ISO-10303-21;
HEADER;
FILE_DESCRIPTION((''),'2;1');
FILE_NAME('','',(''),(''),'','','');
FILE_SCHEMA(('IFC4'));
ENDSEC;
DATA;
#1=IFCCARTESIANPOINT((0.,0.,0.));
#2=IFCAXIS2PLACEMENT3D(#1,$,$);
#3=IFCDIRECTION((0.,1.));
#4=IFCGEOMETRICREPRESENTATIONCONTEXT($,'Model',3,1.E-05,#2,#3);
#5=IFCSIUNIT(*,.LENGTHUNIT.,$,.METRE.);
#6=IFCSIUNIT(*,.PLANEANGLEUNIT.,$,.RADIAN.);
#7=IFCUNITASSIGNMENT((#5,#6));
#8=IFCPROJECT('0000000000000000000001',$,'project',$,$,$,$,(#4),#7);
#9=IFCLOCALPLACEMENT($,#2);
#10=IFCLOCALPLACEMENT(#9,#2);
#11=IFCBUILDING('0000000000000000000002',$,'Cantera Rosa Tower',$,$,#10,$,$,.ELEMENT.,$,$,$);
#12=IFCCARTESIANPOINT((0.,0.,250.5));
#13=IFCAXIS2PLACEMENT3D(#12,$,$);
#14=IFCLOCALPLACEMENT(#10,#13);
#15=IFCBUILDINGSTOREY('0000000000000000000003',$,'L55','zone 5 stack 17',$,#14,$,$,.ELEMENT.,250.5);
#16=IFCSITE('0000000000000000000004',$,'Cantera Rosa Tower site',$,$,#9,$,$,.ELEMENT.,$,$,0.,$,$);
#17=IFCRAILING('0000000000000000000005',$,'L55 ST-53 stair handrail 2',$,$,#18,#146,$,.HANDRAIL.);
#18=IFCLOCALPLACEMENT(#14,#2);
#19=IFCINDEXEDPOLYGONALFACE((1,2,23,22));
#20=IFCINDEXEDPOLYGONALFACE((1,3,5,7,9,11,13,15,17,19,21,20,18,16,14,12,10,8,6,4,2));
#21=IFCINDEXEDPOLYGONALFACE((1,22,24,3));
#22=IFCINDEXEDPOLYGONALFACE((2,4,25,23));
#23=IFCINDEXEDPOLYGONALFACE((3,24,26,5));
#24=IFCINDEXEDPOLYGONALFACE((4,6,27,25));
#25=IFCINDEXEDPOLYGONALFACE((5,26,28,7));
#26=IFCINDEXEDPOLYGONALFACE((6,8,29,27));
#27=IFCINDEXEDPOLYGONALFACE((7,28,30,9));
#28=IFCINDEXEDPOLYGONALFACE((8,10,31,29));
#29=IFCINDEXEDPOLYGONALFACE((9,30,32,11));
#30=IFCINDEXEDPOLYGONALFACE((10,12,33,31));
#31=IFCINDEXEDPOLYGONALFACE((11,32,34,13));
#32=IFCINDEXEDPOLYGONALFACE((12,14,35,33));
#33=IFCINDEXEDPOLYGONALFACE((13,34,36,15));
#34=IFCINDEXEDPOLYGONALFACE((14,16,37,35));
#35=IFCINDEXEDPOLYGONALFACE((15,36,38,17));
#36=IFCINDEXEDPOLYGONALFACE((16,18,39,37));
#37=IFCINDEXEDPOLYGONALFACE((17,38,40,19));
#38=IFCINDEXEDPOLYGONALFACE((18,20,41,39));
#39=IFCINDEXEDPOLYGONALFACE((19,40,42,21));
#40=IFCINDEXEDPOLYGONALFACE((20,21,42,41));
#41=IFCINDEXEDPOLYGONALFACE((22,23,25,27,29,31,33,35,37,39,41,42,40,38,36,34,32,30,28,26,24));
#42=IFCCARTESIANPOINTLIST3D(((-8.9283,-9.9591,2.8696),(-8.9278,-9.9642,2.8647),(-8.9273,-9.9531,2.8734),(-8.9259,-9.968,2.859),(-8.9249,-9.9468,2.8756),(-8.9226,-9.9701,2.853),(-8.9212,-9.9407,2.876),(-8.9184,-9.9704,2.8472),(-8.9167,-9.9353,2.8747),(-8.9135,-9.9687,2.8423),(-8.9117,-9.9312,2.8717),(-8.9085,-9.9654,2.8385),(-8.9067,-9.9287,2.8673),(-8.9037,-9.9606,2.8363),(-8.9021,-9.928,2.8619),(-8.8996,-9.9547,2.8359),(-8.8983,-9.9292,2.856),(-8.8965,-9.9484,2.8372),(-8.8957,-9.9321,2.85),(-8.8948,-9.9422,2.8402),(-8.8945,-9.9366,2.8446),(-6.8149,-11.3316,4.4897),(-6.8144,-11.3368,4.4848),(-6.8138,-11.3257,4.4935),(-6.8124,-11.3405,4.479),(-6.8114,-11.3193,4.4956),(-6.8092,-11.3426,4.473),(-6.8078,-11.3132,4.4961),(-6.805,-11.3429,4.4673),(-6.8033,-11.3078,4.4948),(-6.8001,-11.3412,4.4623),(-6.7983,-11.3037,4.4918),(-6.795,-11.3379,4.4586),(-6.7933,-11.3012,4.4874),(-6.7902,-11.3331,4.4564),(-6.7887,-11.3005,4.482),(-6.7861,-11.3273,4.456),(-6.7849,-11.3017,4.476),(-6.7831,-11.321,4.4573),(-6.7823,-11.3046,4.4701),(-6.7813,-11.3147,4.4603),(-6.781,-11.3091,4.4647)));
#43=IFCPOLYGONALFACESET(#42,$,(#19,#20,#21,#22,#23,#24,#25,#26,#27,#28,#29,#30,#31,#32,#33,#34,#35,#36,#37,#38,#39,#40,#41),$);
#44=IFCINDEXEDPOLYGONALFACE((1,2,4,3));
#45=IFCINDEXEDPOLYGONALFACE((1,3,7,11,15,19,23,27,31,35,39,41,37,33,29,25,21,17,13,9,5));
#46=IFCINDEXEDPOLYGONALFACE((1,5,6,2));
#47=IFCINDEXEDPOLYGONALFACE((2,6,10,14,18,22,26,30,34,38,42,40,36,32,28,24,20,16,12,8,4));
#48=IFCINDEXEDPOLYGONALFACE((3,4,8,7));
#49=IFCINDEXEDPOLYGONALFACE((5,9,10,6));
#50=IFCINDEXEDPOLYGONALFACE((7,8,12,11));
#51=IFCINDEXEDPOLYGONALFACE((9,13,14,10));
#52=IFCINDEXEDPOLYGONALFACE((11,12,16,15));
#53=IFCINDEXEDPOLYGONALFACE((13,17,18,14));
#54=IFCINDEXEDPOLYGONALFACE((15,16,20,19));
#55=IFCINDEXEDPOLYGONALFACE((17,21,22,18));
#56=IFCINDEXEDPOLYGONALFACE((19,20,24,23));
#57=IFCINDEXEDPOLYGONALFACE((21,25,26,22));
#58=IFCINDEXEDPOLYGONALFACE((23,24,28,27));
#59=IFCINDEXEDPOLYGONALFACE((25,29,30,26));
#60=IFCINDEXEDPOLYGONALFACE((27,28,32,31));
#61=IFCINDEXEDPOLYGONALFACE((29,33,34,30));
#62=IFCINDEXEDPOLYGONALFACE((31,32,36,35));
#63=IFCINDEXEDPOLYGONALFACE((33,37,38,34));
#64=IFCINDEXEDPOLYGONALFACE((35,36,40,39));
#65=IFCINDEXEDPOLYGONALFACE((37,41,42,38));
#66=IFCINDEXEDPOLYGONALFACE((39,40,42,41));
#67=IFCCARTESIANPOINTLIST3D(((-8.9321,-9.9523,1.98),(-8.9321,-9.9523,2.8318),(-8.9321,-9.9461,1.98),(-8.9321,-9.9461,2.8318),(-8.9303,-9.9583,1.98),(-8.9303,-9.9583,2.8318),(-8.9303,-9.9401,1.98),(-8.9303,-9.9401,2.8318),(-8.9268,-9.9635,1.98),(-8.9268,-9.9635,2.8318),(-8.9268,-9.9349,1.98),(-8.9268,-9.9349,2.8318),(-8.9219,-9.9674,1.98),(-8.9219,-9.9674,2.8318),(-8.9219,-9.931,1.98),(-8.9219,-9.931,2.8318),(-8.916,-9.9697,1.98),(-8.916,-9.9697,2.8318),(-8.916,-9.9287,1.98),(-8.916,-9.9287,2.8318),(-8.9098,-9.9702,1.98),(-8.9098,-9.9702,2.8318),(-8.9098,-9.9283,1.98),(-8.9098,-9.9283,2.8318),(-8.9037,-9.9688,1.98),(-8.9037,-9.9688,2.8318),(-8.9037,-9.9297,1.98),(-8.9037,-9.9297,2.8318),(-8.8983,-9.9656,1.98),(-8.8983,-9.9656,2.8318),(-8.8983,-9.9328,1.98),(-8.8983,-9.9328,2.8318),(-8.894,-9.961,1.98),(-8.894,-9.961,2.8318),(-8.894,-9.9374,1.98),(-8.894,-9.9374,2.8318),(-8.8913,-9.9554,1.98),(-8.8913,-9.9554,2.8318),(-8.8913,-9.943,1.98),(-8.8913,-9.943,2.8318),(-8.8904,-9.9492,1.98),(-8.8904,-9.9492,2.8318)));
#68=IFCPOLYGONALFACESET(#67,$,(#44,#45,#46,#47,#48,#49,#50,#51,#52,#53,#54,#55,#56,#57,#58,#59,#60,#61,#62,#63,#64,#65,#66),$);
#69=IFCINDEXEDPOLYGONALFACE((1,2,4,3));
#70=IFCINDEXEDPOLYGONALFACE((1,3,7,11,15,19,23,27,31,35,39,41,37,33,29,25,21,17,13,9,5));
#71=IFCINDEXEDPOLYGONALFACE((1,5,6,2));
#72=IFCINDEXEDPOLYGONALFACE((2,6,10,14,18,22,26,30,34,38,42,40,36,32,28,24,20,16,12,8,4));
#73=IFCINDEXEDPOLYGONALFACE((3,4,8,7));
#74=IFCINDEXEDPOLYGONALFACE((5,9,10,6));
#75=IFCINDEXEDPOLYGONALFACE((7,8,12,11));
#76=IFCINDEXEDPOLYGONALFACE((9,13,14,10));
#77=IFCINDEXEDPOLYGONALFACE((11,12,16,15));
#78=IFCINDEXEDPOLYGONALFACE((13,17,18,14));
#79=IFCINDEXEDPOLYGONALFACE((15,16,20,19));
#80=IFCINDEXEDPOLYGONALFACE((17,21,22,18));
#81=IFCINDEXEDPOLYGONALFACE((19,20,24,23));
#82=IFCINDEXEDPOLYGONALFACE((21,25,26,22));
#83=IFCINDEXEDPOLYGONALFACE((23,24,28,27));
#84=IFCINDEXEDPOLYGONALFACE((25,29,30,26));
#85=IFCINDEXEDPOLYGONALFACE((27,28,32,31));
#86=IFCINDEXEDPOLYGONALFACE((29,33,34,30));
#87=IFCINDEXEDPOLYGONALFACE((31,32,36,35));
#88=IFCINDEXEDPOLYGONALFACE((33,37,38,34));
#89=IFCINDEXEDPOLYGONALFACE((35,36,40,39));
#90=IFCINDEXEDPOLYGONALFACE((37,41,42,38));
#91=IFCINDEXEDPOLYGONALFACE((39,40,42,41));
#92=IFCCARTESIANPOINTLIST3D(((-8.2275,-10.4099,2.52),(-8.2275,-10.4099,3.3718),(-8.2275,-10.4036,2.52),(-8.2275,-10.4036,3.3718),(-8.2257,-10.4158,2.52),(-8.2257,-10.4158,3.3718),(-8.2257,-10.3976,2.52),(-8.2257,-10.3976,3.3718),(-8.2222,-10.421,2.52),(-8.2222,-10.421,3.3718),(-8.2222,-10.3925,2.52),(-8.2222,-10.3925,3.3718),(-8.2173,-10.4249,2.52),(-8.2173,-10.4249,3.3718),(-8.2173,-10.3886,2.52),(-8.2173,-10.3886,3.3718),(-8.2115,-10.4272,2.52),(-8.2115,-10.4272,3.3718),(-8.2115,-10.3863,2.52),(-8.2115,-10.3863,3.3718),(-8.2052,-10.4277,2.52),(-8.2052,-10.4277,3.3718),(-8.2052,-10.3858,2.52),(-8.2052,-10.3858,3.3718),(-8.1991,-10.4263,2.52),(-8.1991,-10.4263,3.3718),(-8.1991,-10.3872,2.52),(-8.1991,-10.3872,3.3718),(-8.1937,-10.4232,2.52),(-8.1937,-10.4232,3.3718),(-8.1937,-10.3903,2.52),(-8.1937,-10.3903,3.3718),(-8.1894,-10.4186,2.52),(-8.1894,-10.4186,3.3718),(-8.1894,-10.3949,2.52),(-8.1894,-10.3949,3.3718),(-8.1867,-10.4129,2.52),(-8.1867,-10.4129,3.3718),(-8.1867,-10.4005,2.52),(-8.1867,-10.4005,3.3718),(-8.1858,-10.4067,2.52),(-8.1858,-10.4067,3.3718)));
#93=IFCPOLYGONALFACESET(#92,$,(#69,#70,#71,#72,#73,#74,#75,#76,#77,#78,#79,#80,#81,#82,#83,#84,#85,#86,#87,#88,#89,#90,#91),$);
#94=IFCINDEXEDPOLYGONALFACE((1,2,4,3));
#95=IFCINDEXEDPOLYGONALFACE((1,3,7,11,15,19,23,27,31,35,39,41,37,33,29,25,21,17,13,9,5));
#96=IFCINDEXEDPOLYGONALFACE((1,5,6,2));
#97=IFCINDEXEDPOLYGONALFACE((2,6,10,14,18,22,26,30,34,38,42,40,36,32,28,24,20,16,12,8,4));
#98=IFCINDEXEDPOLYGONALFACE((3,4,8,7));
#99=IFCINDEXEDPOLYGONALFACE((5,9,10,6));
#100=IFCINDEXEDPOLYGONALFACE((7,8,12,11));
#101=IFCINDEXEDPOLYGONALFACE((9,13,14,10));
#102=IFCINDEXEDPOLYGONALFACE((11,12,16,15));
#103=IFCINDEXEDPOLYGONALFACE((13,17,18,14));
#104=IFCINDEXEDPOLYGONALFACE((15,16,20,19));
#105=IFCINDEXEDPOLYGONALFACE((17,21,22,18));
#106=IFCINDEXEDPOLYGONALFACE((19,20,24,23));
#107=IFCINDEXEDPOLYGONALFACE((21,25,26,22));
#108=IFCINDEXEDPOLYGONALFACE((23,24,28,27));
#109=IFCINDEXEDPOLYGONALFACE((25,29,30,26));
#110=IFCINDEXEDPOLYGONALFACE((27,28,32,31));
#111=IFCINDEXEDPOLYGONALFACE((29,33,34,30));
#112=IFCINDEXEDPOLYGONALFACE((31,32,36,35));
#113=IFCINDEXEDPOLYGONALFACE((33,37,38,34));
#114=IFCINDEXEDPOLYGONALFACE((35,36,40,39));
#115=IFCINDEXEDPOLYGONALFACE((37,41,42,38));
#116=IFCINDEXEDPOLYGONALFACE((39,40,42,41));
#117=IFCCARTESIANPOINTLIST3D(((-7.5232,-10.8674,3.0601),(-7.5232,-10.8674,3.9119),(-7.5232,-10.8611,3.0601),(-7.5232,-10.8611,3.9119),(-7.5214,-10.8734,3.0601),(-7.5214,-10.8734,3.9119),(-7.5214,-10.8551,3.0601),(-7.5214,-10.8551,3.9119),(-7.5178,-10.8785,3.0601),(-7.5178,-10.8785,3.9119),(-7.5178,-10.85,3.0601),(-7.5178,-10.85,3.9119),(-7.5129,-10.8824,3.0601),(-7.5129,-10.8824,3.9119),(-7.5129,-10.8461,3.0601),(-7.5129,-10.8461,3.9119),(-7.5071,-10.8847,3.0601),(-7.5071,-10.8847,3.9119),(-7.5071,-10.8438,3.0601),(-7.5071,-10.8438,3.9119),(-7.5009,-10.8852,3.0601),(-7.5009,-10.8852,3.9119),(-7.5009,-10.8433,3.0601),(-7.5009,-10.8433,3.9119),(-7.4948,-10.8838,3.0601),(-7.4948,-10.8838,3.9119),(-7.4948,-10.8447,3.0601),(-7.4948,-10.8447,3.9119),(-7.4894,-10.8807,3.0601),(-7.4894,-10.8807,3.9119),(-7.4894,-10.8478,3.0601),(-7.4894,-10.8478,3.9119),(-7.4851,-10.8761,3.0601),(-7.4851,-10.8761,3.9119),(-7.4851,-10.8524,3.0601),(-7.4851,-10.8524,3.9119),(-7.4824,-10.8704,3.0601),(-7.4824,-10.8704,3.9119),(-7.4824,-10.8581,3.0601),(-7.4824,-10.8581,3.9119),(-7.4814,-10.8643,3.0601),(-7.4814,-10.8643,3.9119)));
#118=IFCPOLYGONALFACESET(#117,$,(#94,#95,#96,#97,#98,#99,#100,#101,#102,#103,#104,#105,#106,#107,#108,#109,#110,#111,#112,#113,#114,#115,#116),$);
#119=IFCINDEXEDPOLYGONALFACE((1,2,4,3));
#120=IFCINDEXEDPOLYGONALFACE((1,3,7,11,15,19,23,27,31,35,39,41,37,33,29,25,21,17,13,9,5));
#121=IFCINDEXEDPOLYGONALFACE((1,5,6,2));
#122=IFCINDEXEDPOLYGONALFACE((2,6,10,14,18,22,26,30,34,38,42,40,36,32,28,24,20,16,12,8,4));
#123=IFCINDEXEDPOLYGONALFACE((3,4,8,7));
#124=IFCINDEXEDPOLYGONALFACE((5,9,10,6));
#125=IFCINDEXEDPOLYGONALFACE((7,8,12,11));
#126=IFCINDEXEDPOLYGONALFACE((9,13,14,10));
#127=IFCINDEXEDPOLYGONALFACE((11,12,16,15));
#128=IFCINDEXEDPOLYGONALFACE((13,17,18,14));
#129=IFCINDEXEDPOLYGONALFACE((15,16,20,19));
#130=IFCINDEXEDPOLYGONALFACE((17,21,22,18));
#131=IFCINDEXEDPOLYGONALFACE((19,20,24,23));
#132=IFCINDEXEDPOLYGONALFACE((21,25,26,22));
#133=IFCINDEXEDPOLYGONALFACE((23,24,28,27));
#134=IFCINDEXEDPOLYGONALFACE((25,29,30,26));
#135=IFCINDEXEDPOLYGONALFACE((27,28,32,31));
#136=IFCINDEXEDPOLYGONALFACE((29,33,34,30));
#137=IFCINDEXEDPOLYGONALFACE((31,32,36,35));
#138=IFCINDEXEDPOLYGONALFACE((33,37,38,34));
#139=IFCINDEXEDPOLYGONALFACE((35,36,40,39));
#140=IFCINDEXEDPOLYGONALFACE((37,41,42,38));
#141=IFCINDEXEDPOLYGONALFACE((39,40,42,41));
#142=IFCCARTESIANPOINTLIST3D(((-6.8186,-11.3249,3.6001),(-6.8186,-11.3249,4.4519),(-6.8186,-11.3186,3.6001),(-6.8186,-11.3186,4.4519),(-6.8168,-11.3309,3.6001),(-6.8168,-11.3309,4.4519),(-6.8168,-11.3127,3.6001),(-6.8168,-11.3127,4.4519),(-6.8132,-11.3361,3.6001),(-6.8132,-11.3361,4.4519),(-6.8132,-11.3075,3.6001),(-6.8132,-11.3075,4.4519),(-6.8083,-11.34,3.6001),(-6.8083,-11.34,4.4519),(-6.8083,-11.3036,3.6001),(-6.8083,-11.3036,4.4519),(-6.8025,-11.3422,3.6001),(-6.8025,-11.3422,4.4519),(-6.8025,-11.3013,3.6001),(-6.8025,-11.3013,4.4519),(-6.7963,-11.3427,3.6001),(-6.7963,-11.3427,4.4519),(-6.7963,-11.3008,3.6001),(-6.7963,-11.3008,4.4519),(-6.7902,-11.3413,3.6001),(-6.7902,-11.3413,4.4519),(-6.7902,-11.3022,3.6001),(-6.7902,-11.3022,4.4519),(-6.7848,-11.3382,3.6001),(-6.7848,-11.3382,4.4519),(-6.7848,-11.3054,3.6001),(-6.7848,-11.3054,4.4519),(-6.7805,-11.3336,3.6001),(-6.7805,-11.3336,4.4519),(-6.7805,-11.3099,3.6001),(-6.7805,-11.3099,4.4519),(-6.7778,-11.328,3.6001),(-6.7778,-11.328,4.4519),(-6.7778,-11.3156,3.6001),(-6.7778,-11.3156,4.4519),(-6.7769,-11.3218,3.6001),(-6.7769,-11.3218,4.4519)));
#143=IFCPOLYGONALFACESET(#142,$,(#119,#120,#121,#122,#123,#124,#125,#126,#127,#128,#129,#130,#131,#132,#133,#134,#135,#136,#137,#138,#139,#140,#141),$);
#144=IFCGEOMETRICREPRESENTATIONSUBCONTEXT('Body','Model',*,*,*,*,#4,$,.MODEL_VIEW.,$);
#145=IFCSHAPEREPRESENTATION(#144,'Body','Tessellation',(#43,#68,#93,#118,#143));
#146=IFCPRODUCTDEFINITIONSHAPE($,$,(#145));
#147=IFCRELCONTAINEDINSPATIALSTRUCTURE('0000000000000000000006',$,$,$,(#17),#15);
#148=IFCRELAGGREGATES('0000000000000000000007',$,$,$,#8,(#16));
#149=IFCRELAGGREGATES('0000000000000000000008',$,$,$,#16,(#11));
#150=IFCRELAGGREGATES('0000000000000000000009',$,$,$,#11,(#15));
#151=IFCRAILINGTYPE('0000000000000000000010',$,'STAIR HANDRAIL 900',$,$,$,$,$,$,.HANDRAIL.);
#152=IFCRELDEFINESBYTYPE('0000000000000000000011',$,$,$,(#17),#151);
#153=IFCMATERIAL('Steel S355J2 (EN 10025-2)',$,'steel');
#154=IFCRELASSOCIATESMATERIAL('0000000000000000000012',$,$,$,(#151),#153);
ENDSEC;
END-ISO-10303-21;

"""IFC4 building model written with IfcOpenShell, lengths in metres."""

from ifc_helpers import new_model, si_unit, direction, frame, origin, origin_2d, place, context, subcontext, project, spatial, circle, extrude, material, type_object, element, save


model = new_model("IFC4")

# Units and contexts
model_context = context("Model", 3, precision=1e-05, world=origin(), true_north=direction((0.0, 1.0)))
body_context = subcontext(model_context, "Body", "Model", "MODEL_VIEW")
ifc_project = project(units=[si_unit("LENGTHUNIT", "METRE"), si_unit("PLANEANGLEUNIT", "RADIAN")], contexts=[model_context])

# Site, building, storey
site_placement = place(None, origin())
site = spatial("IfcSite", under=ifc_project, at=site_placement, Name="Cantera Rosa Tower site", CompositionType="ELEMENT", RefElevation=0.0)
building_placement = place(site_placement, origin())
building = spatial("IfcBuilding", under=site, at=building_placement, Name="Cantera Rosa Tower", CompositionType="ELEMENT")
storey_placement = place(building_placement, frame((0.0, 0.0, 250.5)))
storey = spatial("IfcBuildingStorey", under=building, at=storey_placement, Name="L55", Description="zone 5 stack 17", CompositionType="ELEMENT", Elevation=250.5)

# Railing
ifc_material_1 = material(Name="Steel S355J2 (EN 10025-2)", Category="steel")
railing_type_1 = type_object("IfcRailingType", Name="STAIR HANDRAIL 900", PredefinedType="HANDRAIL", material=ifc_material_1)
railing_1_placement = place(storey_placement, frame((-8.9114, -9.9492, 1.98)))
element("IfcRailing", 1, at=railing_1_placement, inside=storey, type_object=railing_type_1, Name="L55 ST-53 stair handrail 2", PredefinedType="HANDRAIL", context=body_context, shape_type="SweptSolid", body=[
    extrude(circle(Radius=0.0239, at=origin_2d()), frame((0.0, 0.0, 0.876), z_axis=(0.705462, -0.458139, 0.54077), x_axis=(0.544644, 0.838667, 0.0)), (0.0, 0.0, 1.0), 2.9958),
    extrude(circle(Radius=0.021, at=origin_2d()), origin(), (0.0, 0.0, 1.0), 0.8518),
    extrude(circle(Radius=0.021, at=origin_2d()), frame((0.7046, -0.4575, 0.54)), (0.0, 0.0, 1.0), 0.8518),
    extrude(circle(Radius=0.021, at=origin_2d()), frame((1.4089, -0.915, 1.0801)), (0.0, 0.0, 1.0), 0.8518),
    extrude(circle(Radius=0.021, at=origin_2d()), frame((2.1135, -1.3726, 1.6201)), (0.0, 0.0, 1.0), 0.8518),
])

save(model, "model.ifc")
